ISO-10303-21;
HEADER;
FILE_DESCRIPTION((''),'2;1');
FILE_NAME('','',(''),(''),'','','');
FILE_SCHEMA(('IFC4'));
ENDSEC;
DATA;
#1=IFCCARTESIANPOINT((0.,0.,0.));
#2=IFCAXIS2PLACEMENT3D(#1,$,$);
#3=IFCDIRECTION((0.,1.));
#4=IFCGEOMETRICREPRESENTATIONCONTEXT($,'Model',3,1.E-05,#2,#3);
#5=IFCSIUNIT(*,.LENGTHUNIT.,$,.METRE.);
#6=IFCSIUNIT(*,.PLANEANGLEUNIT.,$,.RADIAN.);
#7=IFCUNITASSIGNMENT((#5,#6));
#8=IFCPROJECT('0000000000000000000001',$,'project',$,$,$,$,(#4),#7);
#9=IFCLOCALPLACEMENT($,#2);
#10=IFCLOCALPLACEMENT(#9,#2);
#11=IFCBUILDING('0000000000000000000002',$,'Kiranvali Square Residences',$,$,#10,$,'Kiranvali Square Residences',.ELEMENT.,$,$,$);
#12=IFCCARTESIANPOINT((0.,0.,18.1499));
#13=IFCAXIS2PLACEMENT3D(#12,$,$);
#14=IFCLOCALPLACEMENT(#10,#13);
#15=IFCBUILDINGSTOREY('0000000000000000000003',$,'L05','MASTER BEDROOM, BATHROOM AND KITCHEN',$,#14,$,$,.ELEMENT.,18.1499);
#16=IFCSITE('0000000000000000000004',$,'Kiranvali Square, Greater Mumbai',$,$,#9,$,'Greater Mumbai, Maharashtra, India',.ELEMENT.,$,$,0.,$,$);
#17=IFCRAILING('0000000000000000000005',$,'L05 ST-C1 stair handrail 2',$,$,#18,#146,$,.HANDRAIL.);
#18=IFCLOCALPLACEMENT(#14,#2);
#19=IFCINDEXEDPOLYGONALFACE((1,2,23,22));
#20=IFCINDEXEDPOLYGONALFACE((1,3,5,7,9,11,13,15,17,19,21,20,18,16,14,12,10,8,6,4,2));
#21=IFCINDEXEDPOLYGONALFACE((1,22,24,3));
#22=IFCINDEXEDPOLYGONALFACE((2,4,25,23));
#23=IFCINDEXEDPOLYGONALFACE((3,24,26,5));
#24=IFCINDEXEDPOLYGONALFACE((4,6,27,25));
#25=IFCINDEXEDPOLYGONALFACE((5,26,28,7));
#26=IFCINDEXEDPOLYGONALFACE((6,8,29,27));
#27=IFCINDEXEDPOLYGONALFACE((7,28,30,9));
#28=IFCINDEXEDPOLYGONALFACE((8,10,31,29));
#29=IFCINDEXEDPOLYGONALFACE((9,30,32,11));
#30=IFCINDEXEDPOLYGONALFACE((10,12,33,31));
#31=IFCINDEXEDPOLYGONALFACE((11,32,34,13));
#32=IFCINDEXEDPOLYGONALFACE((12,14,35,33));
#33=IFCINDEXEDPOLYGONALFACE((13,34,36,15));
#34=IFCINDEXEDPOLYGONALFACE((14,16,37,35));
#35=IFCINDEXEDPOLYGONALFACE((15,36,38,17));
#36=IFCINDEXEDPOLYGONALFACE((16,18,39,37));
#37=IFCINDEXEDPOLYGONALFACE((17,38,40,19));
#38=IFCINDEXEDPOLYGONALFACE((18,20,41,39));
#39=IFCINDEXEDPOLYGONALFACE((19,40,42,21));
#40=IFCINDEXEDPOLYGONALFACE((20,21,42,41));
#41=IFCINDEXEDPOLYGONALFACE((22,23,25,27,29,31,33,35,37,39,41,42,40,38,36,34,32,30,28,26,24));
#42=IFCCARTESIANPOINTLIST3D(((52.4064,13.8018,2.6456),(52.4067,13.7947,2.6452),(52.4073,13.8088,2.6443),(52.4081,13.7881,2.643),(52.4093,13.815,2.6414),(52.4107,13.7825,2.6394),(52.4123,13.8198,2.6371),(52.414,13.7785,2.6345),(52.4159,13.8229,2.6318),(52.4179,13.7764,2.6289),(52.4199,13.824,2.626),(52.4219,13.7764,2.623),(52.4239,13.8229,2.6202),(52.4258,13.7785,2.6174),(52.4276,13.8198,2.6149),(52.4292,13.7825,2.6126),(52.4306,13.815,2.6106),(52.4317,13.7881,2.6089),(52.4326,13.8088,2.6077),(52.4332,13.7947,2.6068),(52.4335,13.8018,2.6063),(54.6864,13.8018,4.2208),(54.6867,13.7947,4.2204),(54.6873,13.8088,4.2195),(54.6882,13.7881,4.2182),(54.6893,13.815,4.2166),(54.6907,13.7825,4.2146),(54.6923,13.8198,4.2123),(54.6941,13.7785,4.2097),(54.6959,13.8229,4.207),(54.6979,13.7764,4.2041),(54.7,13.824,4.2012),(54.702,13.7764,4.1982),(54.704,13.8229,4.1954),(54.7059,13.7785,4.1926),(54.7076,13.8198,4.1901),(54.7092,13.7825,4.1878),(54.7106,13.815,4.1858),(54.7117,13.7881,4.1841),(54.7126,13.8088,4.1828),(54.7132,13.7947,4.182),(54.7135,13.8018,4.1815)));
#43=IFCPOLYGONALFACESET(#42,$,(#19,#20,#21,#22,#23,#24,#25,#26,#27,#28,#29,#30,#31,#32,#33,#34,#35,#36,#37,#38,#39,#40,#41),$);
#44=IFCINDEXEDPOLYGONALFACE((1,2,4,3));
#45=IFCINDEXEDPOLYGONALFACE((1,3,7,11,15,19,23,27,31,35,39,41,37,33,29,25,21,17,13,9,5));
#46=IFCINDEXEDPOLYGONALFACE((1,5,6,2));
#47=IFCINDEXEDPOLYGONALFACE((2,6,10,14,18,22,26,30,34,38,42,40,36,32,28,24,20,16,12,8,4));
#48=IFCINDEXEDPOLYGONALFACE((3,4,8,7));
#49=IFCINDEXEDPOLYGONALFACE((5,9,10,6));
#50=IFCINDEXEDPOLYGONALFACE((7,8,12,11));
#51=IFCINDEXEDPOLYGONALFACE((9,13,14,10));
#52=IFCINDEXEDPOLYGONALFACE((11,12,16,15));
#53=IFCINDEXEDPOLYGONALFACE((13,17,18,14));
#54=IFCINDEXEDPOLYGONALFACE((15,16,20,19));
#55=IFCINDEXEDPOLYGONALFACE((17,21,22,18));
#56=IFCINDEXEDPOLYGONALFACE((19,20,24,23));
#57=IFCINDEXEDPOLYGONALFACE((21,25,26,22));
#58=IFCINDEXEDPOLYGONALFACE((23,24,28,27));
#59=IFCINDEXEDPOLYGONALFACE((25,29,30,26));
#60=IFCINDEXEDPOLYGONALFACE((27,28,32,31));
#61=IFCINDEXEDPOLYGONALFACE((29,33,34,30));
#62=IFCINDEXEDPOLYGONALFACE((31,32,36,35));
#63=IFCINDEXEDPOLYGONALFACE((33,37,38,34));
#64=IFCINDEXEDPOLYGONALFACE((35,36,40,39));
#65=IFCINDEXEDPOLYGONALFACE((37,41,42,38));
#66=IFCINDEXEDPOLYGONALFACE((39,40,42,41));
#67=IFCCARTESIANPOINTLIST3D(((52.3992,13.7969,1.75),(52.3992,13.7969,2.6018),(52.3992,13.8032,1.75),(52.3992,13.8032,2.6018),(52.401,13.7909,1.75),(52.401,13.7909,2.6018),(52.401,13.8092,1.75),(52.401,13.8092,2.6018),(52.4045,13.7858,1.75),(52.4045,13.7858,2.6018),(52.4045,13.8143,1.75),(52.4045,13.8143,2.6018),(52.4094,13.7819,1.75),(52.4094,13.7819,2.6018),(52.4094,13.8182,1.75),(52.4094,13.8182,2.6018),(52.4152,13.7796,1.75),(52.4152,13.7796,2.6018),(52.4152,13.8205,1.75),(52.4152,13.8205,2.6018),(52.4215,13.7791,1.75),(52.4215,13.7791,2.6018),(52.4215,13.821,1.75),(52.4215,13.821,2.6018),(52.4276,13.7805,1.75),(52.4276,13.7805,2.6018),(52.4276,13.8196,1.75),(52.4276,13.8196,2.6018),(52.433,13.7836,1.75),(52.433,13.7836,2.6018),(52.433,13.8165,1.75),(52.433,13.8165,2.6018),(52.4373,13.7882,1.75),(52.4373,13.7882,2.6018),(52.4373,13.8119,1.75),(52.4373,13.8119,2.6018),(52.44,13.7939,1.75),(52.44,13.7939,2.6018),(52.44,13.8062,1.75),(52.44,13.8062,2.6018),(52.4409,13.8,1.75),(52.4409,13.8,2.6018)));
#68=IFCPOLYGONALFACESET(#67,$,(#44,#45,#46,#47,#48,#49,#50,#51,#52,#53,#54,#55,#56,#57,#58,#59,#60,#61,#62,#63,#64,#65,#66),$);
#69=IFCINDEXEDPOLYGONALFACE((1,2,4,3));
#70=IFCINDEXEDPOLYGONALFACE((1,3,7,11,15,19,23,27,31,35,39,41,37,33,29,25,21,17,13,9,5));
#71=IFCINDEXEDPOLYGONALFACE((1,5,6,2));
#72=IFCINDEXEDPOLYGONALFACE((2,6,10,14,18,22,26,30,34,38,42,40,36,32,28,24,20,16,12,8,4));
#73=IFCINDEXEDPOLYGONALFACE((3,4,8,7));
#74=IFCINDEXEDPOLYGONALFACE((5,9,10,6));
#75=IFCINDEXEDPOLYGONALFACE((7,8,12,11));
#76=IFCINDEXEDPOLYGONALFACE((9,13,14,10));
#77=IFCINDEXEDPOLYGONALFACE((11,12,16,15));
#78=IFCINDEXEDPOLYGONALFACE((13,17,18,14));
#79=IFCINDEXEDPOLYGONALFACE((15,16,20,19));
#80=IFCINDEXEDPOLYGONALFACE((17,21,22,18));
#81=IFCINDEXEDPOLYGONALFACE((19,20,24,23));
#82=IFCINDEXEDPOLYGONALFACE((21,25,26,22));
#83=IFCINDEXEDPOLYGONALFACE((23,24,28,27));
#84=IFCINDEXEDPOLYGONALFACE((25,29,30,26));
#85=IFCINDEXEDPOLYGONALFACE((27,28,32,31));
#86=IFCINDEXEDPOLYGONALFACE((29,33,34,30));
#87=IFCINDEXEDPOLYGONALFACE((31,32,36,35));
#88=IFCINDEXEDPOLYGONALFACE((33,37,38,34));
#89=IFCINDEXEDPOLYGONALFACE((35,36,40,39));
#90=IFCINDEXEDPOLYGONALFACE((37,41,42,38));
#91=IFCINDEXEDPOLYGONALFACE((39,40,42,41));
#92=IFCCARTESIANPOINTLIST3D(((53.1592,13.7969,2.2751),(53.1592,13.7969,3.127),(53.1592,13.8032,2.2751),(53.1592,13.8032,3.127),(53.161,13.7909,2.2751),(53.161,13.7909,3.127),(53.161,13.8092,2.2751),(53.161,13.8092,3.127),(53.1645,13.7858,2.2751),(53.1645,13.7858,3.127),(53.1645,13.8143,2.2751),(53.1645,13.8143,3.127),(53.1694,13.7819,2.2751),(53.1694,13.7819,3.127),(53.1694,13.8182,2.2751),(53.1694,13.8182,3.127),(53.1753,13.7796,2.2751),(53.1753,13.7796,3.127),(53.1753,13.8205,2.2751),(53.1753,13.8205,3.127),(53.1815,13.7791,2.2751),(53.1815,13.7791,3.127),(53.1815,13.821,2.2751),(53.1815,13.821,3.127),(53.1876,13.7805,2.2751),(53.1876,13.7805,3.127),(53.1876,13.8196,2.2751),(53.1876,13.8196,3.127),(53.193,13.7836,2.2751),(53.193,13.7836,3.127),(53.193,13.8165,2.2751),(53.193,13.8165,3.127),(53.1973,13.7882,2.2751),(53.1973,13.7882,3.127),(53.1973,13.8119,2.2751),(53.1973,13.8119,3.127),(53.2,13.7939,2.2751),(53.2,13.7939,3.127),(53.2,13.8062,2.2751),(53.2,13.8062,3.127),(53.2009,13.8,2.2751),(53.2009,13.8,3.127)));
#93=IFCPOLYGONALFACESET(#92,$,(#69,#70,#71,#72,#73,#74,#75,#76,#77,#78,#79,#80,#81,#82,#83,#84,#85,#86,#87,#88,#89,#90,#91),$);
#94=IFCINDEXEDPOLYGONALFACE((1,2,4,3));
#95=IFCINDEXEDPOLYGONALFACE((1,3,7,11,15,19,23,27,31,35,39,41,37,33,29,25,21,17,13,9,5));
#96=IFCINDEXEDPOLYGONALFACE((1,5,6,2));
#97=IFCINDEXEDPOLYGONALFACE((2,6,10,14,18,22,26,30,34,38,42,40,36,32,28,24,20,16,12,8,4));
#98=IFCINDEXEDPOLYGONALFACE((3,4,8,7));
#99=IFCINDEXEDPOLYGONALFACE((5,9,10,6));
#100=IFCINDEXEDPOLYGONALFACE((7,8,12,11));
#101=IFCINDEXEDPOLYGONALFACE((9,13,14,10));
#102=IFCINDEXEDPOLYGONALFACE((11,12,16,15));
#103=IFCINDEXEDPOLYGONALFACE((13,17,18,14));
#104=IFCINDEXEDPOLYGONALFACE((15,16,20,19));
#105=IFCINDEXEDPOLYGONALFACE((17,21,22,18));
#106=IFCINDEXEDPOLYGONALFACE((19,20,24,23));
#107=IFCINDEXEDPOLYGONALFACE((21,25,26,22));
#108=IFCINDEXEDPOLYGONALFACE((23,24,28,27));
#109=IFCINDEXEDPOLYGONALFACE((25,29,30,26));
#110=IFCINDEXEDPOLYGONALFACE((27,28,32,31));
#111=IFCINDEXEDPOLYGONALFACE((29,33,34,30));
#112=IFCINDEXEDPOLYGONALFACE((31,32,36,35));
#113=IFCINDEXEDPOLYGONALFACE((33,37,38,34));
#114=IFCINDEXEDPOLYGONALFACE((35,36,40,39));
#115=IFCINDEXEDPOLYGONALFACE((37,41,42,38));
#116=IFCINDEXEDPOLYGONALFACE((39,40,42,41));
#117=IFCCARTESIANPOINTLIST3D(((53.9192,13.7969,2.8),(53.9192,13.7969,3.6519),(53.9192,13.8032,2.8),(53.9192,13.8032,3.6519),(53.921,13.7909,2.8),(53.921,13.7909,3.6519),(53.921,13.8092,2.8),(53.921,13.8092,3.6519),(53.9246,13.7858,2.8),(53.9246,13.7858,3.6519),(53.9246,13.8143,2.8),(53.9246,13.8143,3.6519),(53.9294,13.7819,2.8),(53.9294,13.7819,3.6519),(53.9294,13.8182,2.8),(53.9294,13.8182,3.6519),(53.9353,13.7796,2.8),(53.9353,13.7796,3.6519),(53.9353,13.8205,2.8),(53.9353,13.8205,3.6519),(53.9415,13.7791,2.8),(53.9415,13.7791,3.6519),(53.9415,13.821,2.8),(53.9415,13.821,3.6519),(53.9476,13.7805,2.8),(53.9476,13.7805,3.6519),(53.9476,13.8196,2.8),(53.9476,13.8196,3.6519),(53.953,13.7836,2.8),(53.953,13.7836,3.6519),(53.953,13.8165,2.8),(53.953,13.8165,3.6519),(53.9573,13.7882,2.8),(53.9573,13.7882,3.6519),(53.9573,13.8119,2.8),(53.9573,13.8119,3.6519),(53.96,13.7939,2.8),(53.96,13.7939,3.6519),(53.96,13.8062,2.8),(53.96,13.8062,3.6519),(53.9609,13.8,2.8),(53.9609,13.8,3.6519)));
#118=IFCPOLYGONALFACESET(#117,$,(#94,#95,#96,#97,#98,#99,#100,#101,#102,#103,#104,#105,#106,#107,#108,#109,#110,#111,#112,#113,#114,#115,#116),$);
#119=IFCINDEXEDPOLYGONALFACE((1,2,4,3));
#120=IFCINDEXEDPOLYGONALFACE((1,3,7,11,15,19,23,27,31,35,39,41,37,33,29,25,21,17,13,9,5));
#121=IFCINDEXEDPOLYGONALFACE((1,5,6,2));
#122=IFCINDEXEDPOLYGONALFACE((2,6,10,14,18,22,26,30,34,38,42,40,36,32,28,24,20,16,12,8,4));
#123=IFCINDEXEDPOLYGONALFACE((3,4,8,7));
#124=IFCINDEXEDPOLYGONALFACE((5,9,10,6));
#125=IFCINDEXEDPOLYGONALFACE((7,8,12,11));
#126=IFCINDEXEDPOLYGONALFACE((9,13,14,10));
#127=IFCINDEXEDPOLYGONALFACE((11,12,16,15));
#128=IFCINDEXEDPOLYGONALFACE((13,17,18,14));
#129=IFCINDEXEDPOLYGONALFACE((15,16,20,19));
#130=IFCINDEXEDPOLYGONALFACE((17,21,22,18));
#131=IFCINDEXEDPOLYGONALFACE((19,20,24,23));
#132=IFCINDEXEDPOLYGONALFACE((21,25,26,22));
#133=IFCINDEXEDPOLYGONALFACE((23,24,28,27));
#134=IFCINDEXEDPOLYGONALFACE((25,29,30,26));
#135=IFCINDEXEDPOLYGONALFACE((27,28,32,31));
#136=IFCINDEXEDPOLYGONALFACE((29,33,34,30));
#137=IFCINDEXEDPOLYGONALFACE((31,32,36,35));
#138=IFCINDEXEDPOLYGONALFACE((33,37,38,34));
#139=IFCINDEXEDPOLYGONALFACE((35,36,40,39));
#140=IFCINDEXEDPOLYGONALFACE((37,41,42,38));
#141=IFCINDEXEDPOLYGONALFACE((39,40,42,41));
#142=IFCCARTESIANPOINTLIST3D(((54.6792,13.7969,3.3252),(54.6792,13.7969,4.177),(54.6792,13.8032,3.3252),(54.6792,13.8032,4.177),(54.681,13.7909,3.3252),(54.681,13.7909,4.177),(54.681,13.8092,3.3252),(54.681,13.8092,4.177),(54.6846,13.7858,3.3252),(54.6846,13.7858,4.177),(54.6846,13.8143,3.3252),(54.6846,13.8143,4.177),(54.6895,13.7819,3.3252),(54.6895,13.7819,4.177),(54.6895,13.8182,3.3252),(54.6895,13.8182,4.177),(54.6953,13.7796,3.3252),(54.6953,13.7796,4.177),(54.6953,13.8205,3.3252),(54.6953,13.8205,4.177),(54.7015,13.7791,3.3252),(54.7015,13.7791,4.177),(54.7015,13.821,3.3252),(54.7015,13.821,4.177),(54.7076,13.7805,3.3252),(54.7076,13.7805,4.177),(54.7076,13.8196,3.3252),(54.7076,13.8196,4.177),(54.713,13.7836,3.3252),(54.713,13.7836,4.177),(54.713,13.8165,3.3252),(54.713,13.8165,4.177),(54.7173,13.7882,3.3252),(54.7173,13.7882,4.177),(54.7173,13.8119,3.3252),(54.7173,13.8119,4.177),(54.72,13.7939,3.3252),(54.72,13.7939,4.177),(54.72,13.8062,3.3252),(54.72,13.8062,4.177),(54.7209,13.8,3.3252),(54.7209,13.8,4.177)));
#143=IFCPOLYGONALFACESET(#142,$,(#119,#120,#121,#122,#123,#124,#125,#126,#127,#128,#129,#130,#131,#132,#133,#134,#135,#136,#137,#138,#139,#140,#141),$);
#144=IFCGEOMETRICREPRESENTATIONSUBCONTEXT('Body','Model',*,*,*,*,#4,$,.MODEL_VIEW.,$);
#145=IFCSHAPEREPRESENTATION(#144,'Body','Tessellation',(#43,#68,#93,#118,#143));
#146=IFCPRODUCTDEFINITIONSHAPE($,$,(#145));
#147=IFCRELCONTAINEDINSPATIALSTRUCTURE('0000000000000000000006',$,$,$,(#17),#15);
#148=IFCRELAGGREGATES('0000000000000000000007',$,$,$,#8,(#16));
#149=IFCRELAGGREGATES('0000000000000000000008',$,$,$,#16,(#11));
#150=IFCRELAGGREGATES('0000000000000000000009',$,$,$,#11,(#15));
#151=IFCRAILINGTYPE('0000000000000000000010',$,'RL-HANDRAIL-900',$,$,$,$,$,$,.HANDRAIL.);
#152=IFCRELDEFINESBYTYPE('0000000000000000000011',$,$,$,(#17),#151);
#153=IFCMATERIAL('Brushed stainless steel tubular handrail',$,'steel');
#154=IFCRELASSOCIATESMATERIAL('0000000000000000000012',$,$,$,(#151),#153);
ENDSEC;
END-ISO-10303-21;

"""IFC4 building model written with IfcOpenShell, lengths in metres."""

from ifc_helpers import new_model, si_unit, direction, frame, origin, origin_2d, place, context, subcontext, project, spatial, circle, extrude, material, type_object, element, save


model = new_model("IFC4")

# Units and contexts
model_context = context("Model", 3, precision=1e-05, world=origin(), true_north=direction((0.0, 1.0)))
body_context = subcontext(model_context, "Body", "Model", "MODEL_VIEW")
ifc_project = project(units=[si_unit("LENGTHUNIT", "METRE"), si_unit("PLANEANGLEUNIT", "RADIAN")], contexts=[model_context])

# Site, building, storey
site_placement = place(None, origin())
site = spatial("IfcSite", under=ifc_project, at=site_placement, Name="Kiranvali Square, Greater Mumbai", LongName="Greater Mumbai, Maharashtra, India", CompositionType="ELEMENT", RefElevation=0.0)
building_placement = place(site_placement, origin())
building = spatial("IfcBuilding", under=site, at=building_placement, Name="Kiranvali Square Residences", LongName="Kiranvali Square Residences", CompositionType="ELEMENT")
storey_placement = place(building_placement, frame((0.0, 0.0, 18.1499)))
storey = spatial("IfcBuildingStorey", under=building, at=storey_placement, Name="L05", Description="MASTER BEDROOM, BATHROOM AND KITCHEN", CompositionType="ELEMENT", Elevation=18.1499)

# Railing
ifc_material_1 = material(Name="Brushed stainless steel tubular handrail", Category="steel")
railing_type_1 = type_object("IfcRailingType", Name="RL-HANDRAIL-900", PredefinedType="HANDRAIL", material=ifc_material_1)
railing_1_placement = place(storey_placement, frame((52.4199, 13.8, 1.75)))
element("IfcRailing", 1, at=railing_1_placement, inside=storey, type_object=railing_type_1, Name="L05 ST-C1 stair handrail 2", PredefinedType="HANDRAIL", context=body_context, shape_type="SweptSolid", body=[
    extrude(circle(Radius=0.0239, at=origin_2d()), frame((0.0, 0.0, 0.876), z_axis=(0.822747, 0.0, 0.568408), x_axis=(0.0, 1.0, 0.0)), (0.0, 0.0, 1.0), 2.7712),
    extrude(circle(Radius=0.021, at=origin_2d()), origin(), (0.0, 0.0, 1.0), 0.8518),
    extrude(circle(Radius=0.021, at=origin_2d()), frame((0.76, 0.0, 0.5251)), (0.0, 0.0, 1.0), 0.8518),
    extrude(circle(Radius=0.021, at=origin_2d()), frame((1.52, 0.0, 1.05)), (0.0, 0.0, 1.0), 0.8518),
    extrude(circle(Radius=0.021, at=origin_2d()), frame((2.28, 0.0, 1.5752)), (0.0, 0.0, 1.0), 0.8518),
])

save(model, "model.ifc")
